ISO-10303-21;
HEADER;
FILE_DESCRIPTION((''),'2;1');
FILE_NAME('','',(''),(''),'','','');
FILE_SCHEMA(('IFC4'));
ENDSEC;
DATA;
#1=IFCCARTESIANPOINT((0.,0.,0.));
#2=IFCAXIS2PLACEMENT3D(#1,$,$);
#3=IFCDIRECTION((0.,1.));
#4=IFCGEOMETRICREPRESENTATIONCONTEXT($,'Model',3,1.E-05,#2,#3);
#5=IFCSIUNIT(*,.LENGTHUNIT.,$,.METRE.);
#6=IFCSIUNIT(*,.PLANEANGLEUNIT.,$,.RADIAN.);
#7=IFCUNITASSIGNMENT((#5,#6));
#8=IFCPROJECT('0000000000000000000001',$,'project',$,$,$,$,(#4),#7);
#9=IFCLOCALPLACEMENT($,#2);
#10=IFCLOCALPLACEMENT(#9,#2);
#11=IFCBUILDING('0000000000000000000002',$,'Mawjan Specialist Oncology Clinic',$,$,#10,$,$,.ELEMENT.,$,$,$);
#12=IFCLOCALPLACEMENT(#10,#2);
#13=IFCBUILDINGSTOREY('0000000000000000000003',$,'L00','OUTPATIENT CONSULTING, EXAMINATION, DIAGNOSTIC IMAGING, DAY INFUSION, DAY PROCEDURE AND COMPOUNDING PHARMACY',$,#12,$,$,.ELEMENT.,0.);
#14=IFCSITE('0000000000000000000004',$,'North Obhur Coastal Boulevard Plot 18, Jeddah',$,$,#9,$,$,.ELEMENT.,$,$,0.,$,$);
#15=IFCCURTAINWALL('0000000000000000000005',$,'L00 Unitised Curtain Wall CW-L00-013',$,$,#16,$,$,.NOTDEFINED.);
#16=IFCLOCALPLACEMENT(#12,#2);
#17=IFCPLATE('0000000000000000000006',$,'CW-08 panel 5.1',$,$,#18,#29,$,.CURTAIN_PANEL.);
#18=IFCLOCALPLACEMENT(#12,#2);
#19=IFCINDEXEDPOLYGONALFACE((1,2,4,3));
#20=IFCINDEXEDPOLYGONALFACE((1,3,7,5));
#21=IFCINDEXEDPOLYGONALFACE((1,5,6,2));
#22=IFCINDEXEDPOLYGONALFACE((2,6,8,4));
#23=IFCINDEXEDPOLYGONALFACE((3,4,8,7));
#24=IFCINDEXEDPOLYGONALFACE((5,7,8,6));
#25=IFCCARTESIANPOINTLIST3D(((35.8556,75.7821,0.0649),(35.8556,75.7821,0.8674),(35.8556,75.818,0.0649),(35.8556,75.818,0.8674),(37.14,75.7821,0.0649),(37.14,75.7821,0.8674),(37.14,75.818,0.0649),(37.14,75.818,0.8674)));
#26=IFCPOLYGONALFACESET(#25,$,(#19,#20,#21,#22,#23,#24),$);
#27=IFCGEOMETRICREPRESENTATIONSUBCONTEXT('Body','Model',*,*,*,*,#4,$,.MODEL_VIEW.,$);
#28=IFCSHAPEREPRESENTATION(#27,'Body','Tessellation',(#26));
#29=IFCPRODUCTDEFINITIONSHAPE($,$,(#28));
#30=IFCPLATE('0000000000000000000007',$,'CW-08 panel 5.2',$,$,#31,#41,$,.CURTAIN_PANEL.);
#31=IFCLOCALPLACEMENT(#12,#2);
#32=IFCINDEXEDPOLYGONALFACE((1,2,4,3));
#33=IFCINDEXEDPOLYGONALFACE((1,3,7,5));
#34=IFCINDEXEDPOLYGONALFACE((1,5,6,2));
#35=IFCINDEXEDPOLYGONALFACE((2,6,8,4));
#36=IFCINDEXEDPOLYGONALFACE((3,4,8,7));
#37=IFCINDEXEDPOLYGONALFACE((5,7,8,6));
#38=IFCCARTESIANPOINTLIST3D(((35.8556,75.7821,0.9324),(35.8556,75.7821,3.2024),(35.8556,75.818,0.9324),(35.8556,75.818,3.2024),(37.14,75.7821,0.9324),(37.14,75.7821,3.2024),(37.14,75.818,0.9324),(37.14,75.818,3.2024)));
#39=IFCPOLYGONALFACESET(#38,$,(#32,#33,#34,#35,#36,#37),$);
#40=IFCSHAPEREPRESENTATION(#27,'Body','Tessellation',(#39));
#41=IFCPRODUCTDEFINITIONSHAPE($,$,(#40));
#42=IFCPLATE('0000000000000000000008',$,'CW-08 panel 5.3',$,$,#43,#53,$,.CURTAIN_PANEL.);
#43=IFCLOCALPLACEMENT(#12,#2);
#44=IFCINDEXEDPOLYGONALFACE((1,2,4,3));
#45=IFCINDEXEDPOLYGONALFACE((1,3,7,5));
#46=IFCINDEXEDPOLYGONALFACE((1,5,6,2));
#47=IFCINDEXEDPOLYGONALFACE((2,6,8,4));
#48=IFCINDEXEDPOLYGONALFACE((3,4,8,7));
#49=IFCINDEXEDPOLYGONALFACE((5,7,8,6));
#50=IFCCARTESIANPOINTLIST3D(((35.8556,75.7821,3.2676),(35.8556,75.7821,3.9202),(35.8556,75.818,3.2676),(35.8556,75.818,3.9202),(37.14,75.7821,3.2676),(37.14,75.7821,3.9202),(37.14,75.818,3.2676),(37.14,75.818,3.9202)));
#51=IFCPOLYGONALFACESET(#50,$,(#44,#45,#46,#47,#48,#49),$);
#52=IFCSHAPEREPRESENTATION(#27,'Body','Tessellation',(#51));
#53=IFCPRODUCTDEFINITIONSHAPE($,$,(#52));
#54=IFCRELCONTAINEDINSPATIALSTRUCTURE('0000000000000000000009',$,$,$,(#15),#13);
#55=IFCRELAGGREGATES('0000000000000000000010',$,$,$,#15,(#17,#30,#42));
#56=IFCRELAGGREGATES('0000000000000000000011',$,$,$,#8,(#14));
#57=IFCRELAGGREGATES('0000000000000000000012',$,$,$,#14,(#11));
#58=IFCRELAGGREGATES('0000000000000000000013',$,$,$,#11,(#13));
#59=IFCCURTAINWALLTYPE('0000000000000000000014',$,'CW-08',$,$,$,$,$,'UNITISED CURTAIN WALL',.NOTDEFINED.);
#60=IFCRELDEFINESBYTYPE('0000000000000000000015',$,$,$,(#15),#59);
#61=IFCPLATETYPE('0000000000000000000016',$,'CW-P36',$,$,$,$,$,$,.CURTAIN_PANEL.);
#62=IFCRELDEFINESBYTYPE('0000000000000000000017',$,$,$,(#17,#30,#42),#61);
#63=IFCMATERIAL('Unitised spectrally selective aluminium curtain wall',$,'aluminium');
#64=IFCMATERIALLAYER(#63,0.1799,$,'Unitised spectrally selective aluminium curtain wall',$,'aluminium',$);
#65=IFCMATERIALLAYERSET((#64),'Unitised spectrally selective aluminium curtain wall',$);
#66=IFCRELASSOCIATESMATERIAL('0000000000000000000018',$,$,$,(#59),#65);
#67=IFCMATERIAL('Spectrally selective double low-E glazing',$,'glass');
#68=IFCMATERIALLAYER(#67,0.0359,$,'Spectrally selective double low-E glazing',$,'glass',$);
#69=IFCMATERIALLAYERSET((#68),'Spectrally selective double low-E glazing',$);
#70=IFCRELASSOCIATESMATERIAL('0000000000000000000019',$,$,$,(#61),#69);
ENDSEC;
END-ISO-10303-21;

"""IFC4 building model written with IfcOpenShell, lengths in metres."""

from ifc_helpers import new_model, si_unit, direction, frame, origin, origin_2d, place, context, subcontext, project, spatial, rectangle, extrude, material, layer, layer_set, type_object, element, aggregate, save


model = new_model("IFC4")

# Units and contexts
model_context = context("Model", 3, precision=1e-05, world=origin(), true_north=direction((0.0, 1.0)))
body_context = subcontext(model_context, "Body", "Model", "MODEL_VIEW")
ifc_project = project(units=[si_unit("LENGTHUNIT", "METRE"), si_unit("PLANEANGLEUNIT", "RADIAN")], contexts=[model_context])

# Site, building, storey
site_placement = place(None, origin())
site = spatial("IfcSite", under=ifc_project, at=site_placement, Name="North Obhur Coastal Boulevard Plot 18, Jeddah", CompositionType="ELEMENT", RefElevation=0.0)
building_placement = place(site_placement, origin())
building = spatial("IfcBuilding", under=site, at=building_placement, Name="Mawjan Specialist Oncology Clinic", CompositionType="ELEMENT")
storey_placement = place(building_placement, origin())
storey = spatial("IfcBuildingStorey", under=building, at=storey_placement, Name="L00", Description="OUTPATIENT CONSULTING, EXAMINATION, DIAGNOSTIC IMAGING, DAY INFUSION, DAY PROCEDURE AND COMPOUNDING PHARMACY", CompositionType="ELEMENT", Elevation=0.0)

# Curtain wall
ifc_material_1 = material(Name="Unitised spectrally selective aluminium curtain wall", Category="aluminium")
ifc_layer_1 = layer(ifc_material_1, 0.1799, Name="Unitised spectrally selective aluminium curtain wall", Category="aluminium")
ifc_layer_set_1 = layer_set([ifc_layer_1], Name="Unitised spectrally selective aluminium curtain wall")
curtain_wall_type_1 = type_object("IfcCurtainWallType", Name="CW-08", ElementType="UNITISED CURTAIN WALL", PredefinedType="NOTDEFINED", material=ifc_layer_set_1)
curtain_wall_1_placement = place(storey_placement, origin())
curtain_wall_1 = element("IfcCurtainWall", 1, at=curtain_wall_1_placement, inside=storey, type_object=curtain_wall_type_1, Name="L00 Unitised Curtain Wall CW-L00-013", PredefinedType="NOTDEFINED")

# Plates
ifc_material_2 = material(Name="Spectrally selective double low-E glazing", Category="glass")
ifc_layer_2 = layer(ifc_material_2, 0.0359, Name="Spectrally selective double low-E glazing", Category="glass")
ifc_layer_set_2 = layer_set([ifc_layer_2], Name="Spectrally selective double low-E glazing")
plate_type = type_object("IfcPlateType", Name="CW-P36", PredefinedType="CURTAIN_PANEL", material=ifc_layer_set_2)
plate_1_placement = place(storey_placement, frame((36.4978, 75.8, 0.0649), z_axis=(0.0, 0.0, 1.0), x_axis=(1.0, 0.0, 0.0)))
plate_1 = element("IfcPlate", 2, at=plate_1_placement, type_object=plate_type, Name="CW-08 panel 5.1", PredefinedType="CURTAIN_PANEL", context=body_context, shape_type="SweptSolid", body=[
    extrude(rectangle(XDim=1.2844, YDim=0.0359, at=origin_2d()), origin(), (0.0, 0.0, 1.0), 0.8025),
])
plate_2_placement = place(storey_placement, frame((36.4978, 75.8, 0.9324), z_axis=(0.0, 0.0, 1.0), x_axis=(1.0, 0.0, 0.0)))
plate_2 = element("IfcPlate", 3, at=plate_2_placement, type_object=plate_type, Name="CW-08 panel 5.2", PredefinedType="CURTAIN_PANEL", context=body_context, shape_type="SweptSolid", body=[
    extrude(rectangle(XDim=1.2844, YDim=0.0359, at=origin_2d()), origin(), (0.0, 0.0, 1.0), 2.27),
])
plate_3_placement = place(storey_placement, frame((36.4978, 75.8, 3.2676), z_axis=(0.0, 0.0, 1.0), x_axis=(1.0, 0.0, 0.0)))
plate_3 = element("IfcPlate", 4, at=plate_3_placement, type_object=plate_type, Name="CW-08 panel 5.3", PredefinedType="CURTAIN_PANEL", context=body_context, shape_type="SweptSolid", body=[
    extrude(rectangle(XDim=1.2844, YDim=0.0359, at=origin_2d()), origin(), (0.0, 0.0, 1.0), 0.6526),
])
aggregate(curtain_wall_1, [plate_1, plate_2, plate_3])

save(model, "model.ifc")
